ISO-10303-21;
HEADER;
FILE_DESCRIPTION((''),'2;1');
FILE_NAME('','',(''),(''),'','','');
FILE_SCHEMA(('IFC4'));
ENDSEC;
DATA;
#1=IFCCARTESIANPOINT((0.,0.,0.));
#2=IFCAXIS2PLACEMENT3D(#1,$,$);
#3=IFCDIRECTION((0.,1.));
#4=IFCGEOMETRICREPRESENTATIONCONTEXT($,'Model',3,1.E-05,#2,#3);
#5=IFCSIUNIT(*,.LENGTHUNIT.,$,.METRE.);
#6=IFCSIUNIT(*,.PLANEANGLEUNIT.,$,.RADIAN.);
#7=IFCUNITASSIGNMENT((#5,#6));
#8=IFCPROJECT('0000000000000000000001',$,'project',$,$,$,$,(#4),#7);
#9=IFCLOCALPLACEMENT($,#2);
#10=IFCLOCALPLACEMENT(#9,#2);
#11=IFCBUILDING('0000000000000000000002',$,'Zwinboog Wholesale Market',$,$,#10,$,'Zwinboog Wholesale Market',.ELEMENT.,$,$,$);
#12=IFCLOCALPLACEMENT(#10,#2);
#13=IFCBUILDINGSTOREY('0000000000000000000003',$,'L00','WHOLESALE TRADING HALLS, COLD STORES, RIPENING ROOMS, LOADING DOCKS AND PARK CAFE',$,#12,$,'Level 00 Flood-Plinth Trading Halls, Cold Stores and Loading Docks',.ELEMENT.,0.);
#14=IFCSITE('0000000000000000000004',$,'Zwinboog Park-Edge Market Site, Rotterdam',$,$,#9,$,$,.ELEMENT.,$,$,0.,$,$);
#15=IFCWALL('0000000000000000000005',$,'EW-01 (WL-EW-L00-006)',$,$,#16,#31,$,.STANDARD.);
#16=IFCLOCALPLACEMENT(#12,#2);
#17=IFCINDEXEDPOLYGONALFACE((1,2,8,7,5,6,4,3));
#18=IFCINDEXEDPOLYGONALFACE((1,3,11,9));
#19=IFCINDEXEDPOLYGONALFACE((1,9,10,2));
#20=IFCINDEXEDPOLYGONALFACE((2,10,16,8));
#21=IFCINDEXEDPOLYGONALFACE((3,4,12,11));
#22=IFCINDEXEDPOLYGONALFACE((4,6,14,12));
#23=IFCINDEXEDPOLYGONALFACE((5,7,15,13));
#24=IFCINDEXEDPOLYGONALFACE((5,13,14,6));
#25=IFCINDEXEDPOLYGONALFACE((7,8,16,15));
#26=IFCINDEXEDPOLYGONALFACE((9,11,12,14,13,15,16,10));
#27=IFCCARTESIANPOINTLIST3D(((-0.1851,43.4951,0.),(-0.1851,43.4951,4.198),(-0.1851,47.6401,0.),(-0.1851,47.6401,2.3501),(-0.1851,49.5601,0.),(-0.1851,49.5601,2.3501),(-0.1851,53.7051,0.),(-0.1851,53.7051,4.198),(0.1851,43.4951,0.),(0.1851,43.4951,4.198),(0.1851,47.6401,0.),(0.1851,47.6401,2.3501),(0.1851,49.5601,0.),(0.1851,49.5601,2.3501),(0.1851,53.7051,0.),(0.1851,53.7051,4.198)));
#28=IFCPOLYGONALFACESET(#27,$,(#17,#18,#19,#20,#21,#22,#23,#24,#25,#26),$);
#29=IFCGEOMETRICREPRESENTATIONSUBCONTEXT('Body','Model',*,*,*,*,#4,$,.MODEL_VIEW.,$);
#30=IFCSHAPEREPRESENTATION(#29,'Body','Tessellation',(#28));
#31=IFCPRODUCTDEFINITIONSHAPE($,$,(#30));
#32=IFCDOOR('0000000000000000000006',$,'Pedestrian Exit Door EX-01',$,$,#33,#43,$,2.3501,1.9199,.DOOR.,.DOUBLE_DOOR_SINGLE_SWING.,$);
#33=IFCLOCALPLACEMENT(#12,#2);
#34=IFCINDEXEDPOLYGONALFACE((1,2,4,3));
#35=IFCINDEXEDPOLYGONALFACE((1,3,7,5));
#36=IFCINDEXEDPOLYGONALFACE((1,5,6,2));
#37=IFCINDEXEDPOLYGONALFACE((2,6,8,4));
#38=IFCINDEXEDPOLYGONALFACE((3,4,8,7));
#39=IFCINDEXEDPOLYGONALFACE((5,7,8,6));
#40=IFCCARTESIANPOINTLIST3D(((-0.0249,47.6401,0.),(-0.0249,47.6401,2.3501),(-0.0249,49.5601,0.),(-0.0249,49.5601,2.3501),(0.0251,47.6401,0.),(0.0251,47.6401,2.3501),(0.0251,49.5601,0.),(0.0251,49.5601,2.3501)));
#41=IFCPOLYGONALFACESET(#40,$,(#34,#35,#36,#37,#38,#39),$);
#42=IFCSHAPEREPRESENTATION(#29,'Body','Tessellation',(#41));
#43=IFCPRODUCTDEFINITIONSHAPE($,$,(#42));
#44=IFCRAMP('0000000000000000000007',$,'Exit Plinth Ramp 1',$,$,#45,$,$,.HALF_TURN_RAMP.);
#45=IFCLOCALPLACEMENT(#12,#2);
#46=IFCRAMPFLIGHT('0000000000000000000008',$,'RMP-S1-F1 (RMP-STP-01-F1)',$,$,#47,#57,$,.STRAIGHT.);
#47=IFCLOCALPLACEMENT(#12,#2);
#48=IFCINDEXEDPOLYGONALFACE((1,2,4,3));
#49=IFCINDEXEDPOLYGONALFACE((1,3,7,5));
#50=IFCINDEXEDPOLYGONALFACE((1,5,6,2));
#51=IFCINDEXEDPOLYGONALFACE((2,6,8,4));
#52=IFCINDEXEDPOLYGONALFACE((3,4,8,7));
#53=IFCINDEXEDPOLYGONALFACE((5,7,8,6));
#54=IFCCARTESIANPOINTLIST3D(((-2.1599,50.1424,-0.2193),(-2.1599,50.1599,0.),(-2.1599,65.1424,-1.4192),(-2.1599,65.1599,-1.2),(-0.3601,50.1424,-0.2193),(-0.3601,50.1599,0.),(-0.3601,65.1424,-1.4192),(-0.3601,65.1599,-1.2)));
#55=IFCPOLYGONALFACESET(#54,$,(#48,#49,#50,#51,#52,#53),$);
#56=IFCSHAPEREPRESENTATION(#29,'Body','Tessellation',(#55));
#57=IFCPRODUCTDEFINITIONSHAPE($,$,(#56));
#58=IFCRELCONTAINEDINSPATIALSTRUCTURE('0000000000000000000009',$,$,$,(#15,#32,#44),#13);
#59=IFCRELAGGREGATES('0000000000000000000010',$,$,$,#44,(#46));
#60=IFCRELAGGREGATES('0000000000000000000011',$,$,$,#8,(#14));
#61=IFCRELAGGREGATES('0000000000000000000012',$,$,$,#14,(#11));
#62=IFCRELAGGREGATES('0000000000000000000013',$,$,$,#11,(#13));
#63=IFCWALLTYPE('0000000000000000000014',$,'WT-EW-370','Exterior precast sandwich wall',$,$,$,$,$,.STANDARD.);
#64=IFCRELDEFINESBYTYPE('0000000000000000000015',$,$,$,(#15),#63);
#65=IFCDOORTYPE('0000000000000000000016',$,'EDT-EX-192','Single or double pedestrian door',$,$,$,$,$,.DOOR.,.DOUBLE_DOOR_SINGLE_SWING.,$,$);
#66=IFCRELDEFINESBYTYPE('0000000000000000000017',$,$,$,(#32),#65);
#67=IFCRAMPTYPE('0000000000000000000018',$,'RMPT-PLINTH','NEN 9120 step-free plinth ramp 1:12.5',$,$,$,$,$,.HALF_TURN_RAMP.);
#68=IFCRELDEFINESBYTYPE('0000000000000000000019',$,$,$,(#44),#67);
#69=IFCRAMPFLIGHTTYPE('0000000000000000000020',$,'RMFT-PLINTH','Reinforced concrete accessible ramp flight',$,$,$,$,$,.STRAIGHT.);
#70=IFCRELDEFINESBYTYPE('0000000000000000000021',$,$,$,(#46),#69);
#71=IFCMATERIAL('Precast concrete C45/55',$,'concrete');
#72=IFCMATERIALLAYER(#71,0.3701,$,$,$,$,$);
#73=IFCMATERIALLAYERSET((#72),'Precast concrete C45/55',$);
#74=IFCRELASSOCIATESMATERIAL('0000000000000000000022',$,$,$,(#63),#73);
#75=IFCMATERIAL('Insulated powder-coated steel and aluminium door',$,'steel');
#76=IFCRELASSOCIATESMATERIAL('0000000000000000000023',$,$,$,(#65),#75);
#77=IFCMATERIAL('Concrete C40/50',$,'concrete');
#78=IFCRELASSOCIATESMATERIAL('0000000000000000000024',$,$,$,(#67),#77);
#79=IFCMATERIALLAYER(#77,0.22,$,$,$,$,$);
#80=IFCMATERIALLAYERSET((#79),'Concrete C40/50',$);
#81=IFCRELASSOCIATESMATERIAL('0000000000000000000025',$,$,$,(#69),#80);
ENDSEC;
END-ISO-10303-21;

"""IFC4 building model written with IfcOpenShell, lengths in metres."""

from ifc_helpers import new_model, si_unit, direction, frame, frame_2d, origin, place, context, subcontext, project, spatial, polyline, rectangle, outline, extrude, material, layer, layer_set, type_object, element, fill, aggregate, save


model = new_model("IFC4")

# Units and contexts
model_context = context("Model", 3, precision=1e-05, world=origin(), true_north=direction((0.0, 1.0)))
body_context = subcontext(model_context, "Body", "Model", "MODEL_VIEW")
ifc_project = project(units=[si_unit("LENGTHUNIT", "METRE"), si_unit("PLANEANGLEUNIT", "RADIAN")], contexts=[model_context])

# Site, building, storey
site_placement = place(None, origin())
site = spatial("IfcSite", under=ifc_project, at=site_placement, Name="Zwinboog Park-Edge Market Site, Rotterdam", CompositionType="ELEMENT", RefElevation=0.0)
building_placement = place(site_placement, origin())
building = spatial("IfcBuilding", under=site, at=building_placement, Name="Zwinboog Wholesale Market", LongName="Zwinboog Wholesale Market", CompositionType="ELEMENT")
storey_placement = place(building_placement, origin())
storey = spatial("IfcBuildingStorey", under=building, at=storey_placement, Name="L00", Description="WHOLESALE TRADING HALLS, COLD STORES, RIPENING ROOMS, LOADING DOCKS AND PARK CAFE", LongName="Level 00 Flood-Plinth Trading Halls, Cold Stores and Loading Docks", CompositionType="ELEMENT", Elevation=0.0)

# Shared definitions
ifc_material_1 = material(Name="Concrete C40/50", Category="concrete")

# Shared definitions
ifc_material_2 = material(Name="Precast concrete C45/55", Category="concrete")

# Wall, opening, door
ifc_layer_1 = layer(ifc_material_2, 0.3701)
ifc_layer_set_1 = layer_set([ifc_layer_1], Name="Precast concrete C45/55")
wall_type = type_object("IfcWallType", Name="WT-EW-370", Description="Exterior precast sandwich wall", PredefinedType="STANDARD", material=ifc_layer_set_1)
wall_placement = place(storey_placement, frame((0.0, 43.4951, 0.0), z_axis=(0.0, 0.0, 1.0), x_axis=(0.0, 1.0, 0.0)))
wall = element("IfcWall", 1, at=wall_placement, inside=storey, type_object=wall_type, Name="EW-01 (WL-EW-L00-006)", PredefinedType="STANDARD", context=body_context, shape_type="SweptSolid", body=[
    extrude(rectangle(XDim=10.21, YDim=0.3701, at=frame_2d((5.105, 0.0))), origin(), (0.0, 0.0, 1.0), 4.198),
])
opening_placement = place(wall_placement, frame((4.145, 0.0, 0.0)))
opening = element("IfcOpeningElement", 2, at=opening_placement, cuts=wall, PredefinedType="OPENING", context=body_context, shape_type="SweptSolid", body=[
    extrude(rectangle(XDim=1.9199, YDim=2.3501, at=frame_2d((0.96, 1.175))), frame((0.0, 0.1951, 0.0), z_axis=(0.0, -1.0, 0.0), x_axis=(1.0, 0.0, 0.0)), (0.0, 0.0, 1.0), 0.3901),
])
ifc_material_3 = material(Name="Insulated powder-coated steel and aluminium door", Category="steel")
door_type = type_object("IfcDoorType", Name="EDT-EX-192", Description="Single or double pedestrian door", OperationType="DOUBLE_DOOR_SINGLE_SWING", PredefinedType="DOOR", material=ifc_material_3)
door_placement = place(opening_placement, origin())
door = element("IfcDoor", 3, at=door_placement, inside=storey, type_object=door_type, Name="Pedestrian Exit Door EX-01", OperationType="DOUBLE_DOOR_SINGLE_SWING", OverallHeight=2.3501, OverallWidth=1.9199, PredefinedType="DOOR", context=body_context, shape_type="SweptSolid", body=[
    extrude(rectangle(XDim=1.9199, YDim=2.3501, at=frame_2d((0.96, 1.175))), frame((0.0, 0.0249, 0.0), z_axis=(0.0, -1.0, 0.0), x_axis=(1.0, 0.0, 0.0)), (0.0, 0.0, 1.0), 0.05),
])
fill(opening, door)

# Ramp, ramp flight
ramp_type = type_object("IfcRampType", Name="RMPT-PLINTH", Description="NEN 9120 step-free plinth ramp 1:12.5", PredefinedType="HALF_TURN_RAMP", material=ifc_material_1)
ramp_placement = place(storey_placement, origin())
ramp = element("IfcRamp", 4, at=ramp_placement, inside=storey, type_object=ramp_type, Name="Exit Plinth Ramp 1", PredefinedType="HALF_TURN_RAMP")
ifc_layer_2 = layer(ifc_material_1, 0.22)
ifc_layer_set_2 = layer_set([ifc_layer_2], Name="Concrete C40/50")
ramp_flight_type = type_object("IfcRampFlightType", Name="RMFT-PLINTH", Description="Reinforced concrete accessible ramp flight", PredefinedType="STRAIGHT", material=ifc_layer_set_2)
ramp_flight_placement = place(storey_placement, frame((-2.1599, 50.1599, 0.0), z_axis=(0.0, 0.079742, 0.996816), x_axis=(1.0, 0.0, 0.0)))
ramp_flight = element("IfcRampFlight", 5, at=ramp_flight_placement, type_object=ramp_flight_type, Name="RMP-S1-F1 (RMP-STP-01-F1)", PredefinedType="STRAIGHT", context=body_context, shape_type="SweptSolid", body=[
    extrude(outline(polyline([(0.0, 0.0), (1.7998, 0.0), (1.7998, 15.0479), (0.0, 15.0479), (0.0, 0.0)])), origin(), (0.0, 0.0, -1.0), 0.22),
])
aggregate(ramp, [ramp_flight])

save(model, "model.ifc")
